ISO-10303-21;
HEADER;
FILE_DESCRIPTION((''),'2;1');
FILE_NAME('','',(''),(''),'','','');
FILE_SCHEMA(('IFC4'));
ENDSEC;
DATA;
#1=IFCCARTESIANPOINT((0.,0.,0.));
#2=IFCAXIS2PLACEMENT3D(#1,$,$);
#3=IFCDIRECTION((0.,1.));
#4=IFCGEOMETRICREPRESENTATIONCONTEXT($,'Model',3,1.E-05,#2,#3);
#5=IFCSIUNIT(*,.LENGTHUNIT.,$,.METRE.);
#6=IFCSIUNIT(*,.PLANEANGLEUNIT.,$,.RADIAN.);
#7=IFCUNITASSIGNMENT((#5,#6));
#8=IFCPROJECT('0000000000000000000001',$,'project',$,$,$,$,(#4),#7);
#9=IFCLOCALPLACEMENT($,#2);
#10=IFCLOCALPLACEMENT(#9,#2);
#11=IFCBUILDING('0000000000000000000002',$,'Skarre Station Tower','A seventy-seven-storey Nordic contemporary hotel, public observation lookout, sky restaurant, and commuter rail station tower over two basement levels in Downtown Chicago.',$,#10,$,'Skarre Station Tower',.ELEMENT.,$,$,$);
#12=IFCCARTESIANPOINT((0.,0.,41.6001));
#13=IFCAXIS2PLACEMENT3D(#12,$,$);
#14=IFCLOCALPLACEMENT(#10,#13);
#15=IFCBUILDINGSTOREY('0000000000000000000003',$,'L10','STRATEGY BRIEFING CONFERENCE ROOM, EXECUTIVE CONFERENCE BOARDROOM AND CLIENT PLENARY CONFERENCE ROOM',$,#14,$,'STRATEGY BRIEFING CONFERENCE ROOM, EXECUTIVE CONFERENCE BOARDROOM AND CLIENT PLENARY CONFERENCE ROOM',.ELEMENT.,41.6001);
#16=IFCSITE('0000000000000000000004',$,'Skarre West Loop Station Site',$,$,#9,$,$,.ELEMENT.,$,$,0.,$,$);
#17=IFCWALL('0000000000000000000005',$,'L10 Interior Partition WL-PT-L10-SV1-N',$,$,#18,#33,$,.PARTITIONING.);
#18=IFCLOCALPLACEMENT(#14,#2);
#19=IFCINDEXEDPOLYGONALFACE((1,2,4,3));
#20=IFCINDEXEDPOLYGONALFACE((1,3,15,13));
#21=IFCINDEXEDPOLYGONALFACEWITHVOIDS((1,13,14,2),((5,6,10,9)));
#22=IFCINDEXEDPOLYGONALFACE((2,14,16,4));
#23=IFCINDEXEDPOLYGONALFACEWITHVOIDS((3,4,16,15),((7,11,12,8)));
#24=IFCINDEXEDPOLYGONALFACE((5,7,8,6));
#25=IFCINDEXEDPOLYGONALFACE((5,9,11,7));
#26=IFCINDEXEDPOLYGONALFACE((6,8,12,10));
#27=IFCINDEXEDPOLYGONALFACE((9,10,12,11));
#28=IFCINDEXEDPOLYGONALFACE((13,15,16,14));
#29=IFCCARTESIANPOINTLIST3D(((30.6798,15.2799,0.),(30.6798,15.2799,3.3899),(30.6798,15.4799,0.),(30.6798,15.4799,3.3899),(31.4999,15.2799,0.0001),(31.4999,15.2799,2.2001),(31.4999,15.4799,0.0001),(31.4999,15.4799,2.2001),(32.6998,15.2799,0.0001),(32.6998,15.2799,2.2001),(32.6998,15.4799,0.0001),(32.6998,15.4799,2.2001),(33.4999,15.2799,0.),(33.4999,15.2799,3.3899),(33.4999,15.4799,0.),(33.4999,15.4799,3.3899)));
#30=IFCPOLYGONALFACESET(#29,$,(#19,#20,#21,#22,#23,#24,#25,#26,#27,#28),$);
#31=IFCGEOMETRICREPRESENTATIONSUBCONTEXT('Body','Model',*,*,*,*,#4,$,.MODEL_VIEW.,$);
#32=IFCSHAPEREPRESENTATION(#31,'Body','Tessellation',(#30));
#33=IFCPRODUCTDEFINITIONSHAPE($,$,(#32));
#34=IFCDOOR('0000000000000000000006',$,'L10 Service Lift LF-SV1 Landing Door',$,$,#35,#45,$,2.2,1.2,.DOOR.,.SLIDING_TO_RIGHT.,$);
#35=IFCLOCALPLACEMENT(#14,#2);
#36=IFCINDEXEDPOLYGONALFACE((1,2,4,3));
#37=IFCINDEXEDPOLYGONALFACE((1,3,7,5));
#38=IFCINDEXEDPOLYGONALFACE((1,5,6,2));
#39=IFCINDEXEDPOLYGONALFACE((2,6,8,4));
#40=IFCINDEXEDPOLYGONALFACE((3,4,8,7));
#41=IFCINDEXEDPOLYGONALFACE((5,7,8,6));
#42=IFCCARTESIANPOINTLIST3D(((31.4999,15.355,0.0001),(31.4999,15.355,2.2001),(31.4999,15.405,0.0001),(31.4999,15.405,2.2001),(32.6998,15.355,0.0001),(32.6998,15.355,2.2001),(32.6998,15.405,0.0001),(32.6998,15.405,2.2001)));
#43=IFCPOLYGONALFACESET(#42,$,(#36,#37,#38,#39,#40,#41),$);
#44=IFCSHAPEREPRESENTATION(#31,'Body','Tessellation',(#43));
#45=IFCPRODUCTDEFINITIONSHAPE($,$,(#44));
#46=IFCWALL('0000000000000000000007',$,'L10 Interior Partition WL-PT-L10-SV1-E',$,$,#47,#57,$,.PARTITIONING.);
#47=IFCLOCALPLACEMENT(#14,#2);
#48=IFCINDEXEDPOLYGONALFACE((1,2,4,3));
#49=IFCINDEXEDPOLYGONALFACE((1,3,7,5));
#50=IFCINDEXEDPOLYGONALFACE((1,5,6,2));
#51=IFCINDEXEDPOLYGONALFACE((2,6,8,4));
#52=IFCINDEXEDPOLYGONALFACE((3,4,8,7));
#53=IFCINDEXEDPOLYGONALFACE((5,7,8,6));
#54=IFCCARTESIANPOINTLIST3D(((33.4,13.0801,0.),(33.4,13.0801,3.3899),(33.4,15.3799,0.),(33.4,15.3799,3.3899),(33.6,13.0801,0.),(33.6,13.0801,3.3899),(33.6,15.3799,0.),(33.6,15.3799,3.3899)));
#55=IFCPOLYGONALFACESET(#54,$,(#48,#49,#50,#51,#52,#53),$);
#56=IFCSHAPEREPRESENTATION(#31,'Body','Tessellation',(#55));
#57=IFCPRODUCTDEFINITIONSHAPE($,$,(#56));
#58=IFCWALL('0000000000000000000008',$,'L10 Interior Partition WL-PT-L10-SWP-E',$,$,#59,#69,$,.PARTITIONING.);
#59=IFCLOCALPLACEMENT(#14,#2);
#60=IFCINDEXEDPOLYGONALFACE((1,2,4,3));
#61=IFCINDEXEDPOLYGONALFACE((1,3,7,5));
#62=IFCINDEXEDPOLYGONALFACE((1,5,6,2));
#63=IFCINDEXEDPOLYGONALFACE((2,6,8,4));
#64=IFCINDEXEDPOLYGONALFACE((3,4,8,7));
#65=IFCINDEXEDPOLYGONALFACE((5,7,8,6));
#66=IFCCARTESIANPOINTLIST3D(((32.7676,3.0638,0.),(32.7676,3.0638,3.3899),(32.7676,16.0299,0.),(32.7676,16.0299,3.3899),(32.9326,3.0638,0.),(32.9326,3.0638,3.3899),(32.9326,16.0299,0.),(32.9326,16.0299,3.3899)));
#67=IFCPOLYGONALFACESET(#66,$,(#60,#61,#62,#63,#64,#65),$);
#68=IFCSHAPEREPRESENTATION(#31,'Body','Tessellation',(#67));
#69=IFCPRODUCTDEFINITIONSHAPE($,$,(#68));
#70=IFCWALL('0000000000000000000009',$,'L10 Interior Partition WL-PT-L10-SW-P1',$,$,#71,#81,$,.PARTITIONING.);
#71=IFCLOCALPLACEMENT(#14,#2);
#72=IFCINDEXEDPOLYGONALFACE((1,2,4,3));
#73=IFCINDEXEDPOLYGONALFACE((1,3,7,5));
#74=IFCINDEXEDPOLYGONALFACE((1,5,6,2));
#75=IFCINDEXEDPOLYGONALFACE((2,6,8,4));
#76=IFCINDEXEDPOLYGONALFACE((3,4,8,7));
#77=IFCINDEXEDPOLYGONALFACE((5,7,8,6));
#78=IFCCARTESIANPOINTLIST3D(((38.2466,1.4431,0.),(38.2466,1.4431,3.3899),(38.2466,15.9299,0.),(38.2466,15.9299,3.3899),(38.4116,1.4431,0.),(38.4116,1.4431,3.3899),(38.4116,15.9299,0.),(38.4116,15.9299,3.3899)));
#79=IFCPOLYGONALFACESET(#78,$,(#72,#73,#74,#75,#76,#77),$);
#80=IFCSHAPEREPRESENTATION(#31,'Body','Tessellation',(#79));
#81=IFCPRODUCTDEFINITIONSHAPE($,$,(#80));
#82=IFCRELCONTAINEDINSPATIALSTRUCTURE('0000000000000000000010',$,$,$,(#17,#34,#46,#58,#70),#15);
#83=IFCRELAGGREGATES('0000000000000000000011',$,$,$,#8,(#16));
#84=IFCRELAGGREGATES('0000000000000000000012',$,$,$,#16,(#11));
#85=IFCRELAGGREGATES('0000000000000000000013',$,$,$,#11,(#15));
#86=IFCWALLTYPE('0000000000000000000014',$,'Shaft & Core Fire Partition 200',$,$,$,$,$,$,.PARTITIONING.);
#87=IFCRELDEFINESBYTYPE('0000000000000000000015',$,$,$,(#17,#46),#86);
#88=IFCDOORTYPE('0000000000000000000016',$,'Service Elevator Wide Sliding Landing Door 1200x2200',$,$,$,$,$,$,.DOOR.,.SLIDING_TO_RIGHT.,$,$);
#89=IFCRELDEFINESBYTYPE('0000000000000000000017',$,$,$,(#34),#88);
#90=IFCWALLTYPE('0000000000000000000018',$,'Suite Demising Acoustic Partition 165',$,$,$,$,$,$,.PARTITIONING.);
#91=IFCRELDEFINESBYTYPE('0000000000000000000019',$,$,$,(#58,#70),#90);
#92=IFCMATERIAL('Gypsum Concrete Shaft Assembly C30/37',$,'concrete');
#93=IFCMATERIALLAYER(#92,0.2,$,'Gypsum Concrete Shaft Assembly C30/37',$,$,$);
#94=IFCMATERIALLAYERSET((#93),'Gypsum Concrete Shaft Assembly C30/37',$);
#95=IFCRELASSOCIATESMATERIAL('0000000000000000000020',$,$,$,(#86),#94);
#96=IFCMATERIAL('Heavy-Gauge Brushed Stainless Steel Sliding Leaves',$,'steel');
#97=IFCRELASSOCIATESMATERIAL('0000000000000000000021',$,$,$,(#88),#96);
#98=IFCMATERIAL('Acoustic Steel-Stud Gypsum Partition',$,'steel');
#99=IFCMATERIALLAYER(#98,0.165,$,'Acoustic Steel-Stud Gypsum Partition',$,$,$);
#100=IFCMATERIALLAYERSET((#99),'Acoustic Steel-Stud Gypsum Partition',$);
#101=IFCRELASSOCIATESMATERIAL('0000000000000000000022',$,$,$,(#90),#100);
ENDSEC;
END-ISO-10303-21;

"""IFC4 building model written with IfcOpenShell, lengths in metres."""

from ifc_helpers import new_model, si_unit, direction, frame, frame_2d, origin, place, context, subcontext, project, spatial, rectangle, extrude, material, layer, layer_set, type_object, element, fill, save


model = new_model("IFC4")

# Units and contexts
model_context = context("Model", 3, precision=1e-05, world=origin(), true_north=direction((0.0, 1.0)))
body_context = subcontext(model_context, "Body", "Model", "MODEL_VIEW")
ifc_project = project(units=[si_unit("LENGTHUNIT", "METRE"), si_unit("PLANEANGLEUNIT", "RADIAN")], contexts=[model_context])

# Site, building, storey
site_placement = place(None, origin())
site = spatial("IfcSite", under=ifc_project, at=site_placement, Name="Skarre West Loop Station Site", CompositionType="ELEMENT", RefElevation=0.0)
building_placement = place(site_placement, origin())
building = spatial("IfcBuilding", under=site, at=building_placement, Name="Skarre Station Tower", Description="A seventy-seven-storey Nordic contemporary hotel, public observation lookout, sky restaurant, and commuter rail station tower over two basement levels in Downtown Chicago.", LongName="Skarre Station Tower", CompositionType="ELEMENT")
storey_placement = place(building_placement, frame((0.0, 0.0, 41.6001)))
storey = spatial("IfcBuildingStorey", under=building, at=storey_placement, Name="L10", Description="STRATEGY BRIEFING CONFERENCE ROOM, EXECUTIVE CONFERENCE BOARDROOM AND CLIENT PLENARY CONFERENCE ROOM", LongName="STRATEGY BRIEFING CONFERENCE ROOM, EXECUTIVE CONFERENCE BOARDROOM AND CLIENT PLENARY CONFERENCE ROOM", CompositionType="ELEMENT", Elevation=41.6001)

# Wall, opening, door
ifc_material_1 = material(Name="Gypsum Concrete Shaft Assembly C30/37", Category="concrete")
ifc_layer_1 = layer(ifc_material_1, 0.2, Name="Gypsum Concrete Shaft Assembly C30/37")
ifc_layer_set_1 = layer_set([ifc_layer_1], Name="Gypsum Concrete Shaft Assembly C30/37")
wall_type_1 = type_object("IfcWallType", Name="Shaft & Core Fire Partition 200", PredefinedType="PARTITIONING", material=ifc_layer_set_1)
wall_1_placement = place(storey_placement, frame((33.5, 15.3799, 0.0), z_axis=(0.0, 0.0, 1.0), x_axis=(-1.0, 0.0, 0.0)))
wall_1 = element("IfcWall", 1, at=wall_1_placement, inside=storey, type_object=wall_type_1, Name="L10 Interior Partition WL-PT-L10-SV1-N", PredefinedType="PARTITIONING", context=body_context, shape_type="SweptSolid", body=[
    extrude(rectangle(XDim=2.8201, YDim=0.2, at=frame_2d((1.4102, 0.0))), origin(), (0.0, 0.0, 1.0), 3.3899),
])
opening_1_placement = place(wall_1_placement, frame((0.8, 0.0, 0.0)))
opening_1 = element("IfcOpeningElement", 2, at=opening_1_placement, cuts=wall_1, PredefinedType="OPENING", context=body_context, shape_type="SweptSolid", body=[
    extrude(rectangle(XDim=1.2, YDim=2.2, at=frame_2d((0.6001, 1.1001))), frame((0.0, 0.1099, 0.0), z_axis=(0.0, -1.0, 0.0), x_axis=(1.0, 0.0, 0.0)), (0.0, 0.0, 1.0), 0.22),
])
ifc_material_2 = material(Name="Heavy-Gauge Brushed Stainless Steel Sliding Leaves", Category="steel")
door_type = type_object("IfcDoorType", Name="Service Elevator Wide Sliding Landing Door 1200x2200", OperationType="SLIDING_TO_RIGHT", PredefinedType="DOOR", material=ifc_material_2)
door_placement = place(opening_1_placement, origin())
door = element("IfcDoor", 3, at=door_placement, inside=storey, type_object=door_type, Name="L10 Service Lift LF-SV1 Landing Door", OperationType="SLIDING_TO_RIGHT", OverallHeight=2.2, OverallWidth=1.2, PredefinedType="DOOR", context=body_context, shape_type="SweptSolid", body=[
    extrude(rectangle(XDim=1.2, YDim=2.2, at=frame_2d((0.6001, 1.1001))), frame((0.0, 0.0249, 0.0), z_axis=(0.0, -1.0, 0.0), x_axis=(1.0, 0.0, 0.0)), (0.0, 0.0, 1.0), 0.05),
])
fill(opening_1, door)

# Walls
wall_2_placement = place(storey_placement, frame((33.5, 13.0801, 0.0), z_axis=(0.0, 0.0, 1.0), x_axis=(0.0, 1.0, 0.0)))
element("IfcWall", 4, at=wall_2_placement, inside=storey, type_object=wall_type_1, Name="L10 Interior Partition WL-PT-L10-SV1-E", PredefinedType="PARTITIONING", context=body_context, shape_type="SweptSolid", body=[
    extrude(rectangle(XDim=2.2998, YDim=0.2, at=frame_2d((1.1499, 0.0))), origin(), (0.0, 0.0, 1.0), 3.3899),
])
ifc_material_3 = material(Name="Acoustic Steel-Stud Gypsum Partition", Category="steel")
ifc_layer_2 = layer(ifc_material_3, 0.165, Name="Acoustic Steel-Stud Gypsum Partition")
ifc_layer_set_2 = layer_set([ifc_layer_2], Name="Acoustic Steel-Stud Gypsum Partition")
wall_type_2 = type_object("IfcWallType", Name="Suite Demising Acoustic Partition 165", PredefinedType="PARTITIONING", material=ifc_layer_set_2)
wall_3_placement = place(storey_placement, frame((32.8501, 3.064, 0.0), z_axis=(0.0, 0.0, 1.0), x_axis=(0.0, 1.0, 0.0)))
element("IfcWall", 5, at=wall_3_placement, inside=storey, type_object=wall_type_2, Name="L10 Interior Partition WL-PT-L10-SWP-E", PredefinedType="PARTITIONING", context=body_context, shape_type="SweptSolid", body=[
    extrude(rectangle(XDim=12.9661, YDim=0.165, at=frame_2d((6.4829, 0.0))), origin(), (0.0, 0.0, 1.0), 3.3899),
])
wall_4_placement = place(storey_placement, frame((38.3291, 1.4431, 0.0), z_axis=(0.0, 0.0, 1.0), x_axis=(0.0, 1.0, 0.0)))
element("IfcWall", 6, at=wall_4_placement, inside=storey, type_object=wall_type_2, Name="L10 Interior Partition WL-PT-L10-SW-P1", PredefinedType="PARTITIONING", context=body_context, shape_type="SweptSolid", body=[
    extrude(rectangle(XDim=14.4868, YDim=0.165, at=frame_2d((7.2434, 0.0))), origin(), (0.0, 0.0, 1.0), 3.3899),
])

save(model, "model.ifc")
